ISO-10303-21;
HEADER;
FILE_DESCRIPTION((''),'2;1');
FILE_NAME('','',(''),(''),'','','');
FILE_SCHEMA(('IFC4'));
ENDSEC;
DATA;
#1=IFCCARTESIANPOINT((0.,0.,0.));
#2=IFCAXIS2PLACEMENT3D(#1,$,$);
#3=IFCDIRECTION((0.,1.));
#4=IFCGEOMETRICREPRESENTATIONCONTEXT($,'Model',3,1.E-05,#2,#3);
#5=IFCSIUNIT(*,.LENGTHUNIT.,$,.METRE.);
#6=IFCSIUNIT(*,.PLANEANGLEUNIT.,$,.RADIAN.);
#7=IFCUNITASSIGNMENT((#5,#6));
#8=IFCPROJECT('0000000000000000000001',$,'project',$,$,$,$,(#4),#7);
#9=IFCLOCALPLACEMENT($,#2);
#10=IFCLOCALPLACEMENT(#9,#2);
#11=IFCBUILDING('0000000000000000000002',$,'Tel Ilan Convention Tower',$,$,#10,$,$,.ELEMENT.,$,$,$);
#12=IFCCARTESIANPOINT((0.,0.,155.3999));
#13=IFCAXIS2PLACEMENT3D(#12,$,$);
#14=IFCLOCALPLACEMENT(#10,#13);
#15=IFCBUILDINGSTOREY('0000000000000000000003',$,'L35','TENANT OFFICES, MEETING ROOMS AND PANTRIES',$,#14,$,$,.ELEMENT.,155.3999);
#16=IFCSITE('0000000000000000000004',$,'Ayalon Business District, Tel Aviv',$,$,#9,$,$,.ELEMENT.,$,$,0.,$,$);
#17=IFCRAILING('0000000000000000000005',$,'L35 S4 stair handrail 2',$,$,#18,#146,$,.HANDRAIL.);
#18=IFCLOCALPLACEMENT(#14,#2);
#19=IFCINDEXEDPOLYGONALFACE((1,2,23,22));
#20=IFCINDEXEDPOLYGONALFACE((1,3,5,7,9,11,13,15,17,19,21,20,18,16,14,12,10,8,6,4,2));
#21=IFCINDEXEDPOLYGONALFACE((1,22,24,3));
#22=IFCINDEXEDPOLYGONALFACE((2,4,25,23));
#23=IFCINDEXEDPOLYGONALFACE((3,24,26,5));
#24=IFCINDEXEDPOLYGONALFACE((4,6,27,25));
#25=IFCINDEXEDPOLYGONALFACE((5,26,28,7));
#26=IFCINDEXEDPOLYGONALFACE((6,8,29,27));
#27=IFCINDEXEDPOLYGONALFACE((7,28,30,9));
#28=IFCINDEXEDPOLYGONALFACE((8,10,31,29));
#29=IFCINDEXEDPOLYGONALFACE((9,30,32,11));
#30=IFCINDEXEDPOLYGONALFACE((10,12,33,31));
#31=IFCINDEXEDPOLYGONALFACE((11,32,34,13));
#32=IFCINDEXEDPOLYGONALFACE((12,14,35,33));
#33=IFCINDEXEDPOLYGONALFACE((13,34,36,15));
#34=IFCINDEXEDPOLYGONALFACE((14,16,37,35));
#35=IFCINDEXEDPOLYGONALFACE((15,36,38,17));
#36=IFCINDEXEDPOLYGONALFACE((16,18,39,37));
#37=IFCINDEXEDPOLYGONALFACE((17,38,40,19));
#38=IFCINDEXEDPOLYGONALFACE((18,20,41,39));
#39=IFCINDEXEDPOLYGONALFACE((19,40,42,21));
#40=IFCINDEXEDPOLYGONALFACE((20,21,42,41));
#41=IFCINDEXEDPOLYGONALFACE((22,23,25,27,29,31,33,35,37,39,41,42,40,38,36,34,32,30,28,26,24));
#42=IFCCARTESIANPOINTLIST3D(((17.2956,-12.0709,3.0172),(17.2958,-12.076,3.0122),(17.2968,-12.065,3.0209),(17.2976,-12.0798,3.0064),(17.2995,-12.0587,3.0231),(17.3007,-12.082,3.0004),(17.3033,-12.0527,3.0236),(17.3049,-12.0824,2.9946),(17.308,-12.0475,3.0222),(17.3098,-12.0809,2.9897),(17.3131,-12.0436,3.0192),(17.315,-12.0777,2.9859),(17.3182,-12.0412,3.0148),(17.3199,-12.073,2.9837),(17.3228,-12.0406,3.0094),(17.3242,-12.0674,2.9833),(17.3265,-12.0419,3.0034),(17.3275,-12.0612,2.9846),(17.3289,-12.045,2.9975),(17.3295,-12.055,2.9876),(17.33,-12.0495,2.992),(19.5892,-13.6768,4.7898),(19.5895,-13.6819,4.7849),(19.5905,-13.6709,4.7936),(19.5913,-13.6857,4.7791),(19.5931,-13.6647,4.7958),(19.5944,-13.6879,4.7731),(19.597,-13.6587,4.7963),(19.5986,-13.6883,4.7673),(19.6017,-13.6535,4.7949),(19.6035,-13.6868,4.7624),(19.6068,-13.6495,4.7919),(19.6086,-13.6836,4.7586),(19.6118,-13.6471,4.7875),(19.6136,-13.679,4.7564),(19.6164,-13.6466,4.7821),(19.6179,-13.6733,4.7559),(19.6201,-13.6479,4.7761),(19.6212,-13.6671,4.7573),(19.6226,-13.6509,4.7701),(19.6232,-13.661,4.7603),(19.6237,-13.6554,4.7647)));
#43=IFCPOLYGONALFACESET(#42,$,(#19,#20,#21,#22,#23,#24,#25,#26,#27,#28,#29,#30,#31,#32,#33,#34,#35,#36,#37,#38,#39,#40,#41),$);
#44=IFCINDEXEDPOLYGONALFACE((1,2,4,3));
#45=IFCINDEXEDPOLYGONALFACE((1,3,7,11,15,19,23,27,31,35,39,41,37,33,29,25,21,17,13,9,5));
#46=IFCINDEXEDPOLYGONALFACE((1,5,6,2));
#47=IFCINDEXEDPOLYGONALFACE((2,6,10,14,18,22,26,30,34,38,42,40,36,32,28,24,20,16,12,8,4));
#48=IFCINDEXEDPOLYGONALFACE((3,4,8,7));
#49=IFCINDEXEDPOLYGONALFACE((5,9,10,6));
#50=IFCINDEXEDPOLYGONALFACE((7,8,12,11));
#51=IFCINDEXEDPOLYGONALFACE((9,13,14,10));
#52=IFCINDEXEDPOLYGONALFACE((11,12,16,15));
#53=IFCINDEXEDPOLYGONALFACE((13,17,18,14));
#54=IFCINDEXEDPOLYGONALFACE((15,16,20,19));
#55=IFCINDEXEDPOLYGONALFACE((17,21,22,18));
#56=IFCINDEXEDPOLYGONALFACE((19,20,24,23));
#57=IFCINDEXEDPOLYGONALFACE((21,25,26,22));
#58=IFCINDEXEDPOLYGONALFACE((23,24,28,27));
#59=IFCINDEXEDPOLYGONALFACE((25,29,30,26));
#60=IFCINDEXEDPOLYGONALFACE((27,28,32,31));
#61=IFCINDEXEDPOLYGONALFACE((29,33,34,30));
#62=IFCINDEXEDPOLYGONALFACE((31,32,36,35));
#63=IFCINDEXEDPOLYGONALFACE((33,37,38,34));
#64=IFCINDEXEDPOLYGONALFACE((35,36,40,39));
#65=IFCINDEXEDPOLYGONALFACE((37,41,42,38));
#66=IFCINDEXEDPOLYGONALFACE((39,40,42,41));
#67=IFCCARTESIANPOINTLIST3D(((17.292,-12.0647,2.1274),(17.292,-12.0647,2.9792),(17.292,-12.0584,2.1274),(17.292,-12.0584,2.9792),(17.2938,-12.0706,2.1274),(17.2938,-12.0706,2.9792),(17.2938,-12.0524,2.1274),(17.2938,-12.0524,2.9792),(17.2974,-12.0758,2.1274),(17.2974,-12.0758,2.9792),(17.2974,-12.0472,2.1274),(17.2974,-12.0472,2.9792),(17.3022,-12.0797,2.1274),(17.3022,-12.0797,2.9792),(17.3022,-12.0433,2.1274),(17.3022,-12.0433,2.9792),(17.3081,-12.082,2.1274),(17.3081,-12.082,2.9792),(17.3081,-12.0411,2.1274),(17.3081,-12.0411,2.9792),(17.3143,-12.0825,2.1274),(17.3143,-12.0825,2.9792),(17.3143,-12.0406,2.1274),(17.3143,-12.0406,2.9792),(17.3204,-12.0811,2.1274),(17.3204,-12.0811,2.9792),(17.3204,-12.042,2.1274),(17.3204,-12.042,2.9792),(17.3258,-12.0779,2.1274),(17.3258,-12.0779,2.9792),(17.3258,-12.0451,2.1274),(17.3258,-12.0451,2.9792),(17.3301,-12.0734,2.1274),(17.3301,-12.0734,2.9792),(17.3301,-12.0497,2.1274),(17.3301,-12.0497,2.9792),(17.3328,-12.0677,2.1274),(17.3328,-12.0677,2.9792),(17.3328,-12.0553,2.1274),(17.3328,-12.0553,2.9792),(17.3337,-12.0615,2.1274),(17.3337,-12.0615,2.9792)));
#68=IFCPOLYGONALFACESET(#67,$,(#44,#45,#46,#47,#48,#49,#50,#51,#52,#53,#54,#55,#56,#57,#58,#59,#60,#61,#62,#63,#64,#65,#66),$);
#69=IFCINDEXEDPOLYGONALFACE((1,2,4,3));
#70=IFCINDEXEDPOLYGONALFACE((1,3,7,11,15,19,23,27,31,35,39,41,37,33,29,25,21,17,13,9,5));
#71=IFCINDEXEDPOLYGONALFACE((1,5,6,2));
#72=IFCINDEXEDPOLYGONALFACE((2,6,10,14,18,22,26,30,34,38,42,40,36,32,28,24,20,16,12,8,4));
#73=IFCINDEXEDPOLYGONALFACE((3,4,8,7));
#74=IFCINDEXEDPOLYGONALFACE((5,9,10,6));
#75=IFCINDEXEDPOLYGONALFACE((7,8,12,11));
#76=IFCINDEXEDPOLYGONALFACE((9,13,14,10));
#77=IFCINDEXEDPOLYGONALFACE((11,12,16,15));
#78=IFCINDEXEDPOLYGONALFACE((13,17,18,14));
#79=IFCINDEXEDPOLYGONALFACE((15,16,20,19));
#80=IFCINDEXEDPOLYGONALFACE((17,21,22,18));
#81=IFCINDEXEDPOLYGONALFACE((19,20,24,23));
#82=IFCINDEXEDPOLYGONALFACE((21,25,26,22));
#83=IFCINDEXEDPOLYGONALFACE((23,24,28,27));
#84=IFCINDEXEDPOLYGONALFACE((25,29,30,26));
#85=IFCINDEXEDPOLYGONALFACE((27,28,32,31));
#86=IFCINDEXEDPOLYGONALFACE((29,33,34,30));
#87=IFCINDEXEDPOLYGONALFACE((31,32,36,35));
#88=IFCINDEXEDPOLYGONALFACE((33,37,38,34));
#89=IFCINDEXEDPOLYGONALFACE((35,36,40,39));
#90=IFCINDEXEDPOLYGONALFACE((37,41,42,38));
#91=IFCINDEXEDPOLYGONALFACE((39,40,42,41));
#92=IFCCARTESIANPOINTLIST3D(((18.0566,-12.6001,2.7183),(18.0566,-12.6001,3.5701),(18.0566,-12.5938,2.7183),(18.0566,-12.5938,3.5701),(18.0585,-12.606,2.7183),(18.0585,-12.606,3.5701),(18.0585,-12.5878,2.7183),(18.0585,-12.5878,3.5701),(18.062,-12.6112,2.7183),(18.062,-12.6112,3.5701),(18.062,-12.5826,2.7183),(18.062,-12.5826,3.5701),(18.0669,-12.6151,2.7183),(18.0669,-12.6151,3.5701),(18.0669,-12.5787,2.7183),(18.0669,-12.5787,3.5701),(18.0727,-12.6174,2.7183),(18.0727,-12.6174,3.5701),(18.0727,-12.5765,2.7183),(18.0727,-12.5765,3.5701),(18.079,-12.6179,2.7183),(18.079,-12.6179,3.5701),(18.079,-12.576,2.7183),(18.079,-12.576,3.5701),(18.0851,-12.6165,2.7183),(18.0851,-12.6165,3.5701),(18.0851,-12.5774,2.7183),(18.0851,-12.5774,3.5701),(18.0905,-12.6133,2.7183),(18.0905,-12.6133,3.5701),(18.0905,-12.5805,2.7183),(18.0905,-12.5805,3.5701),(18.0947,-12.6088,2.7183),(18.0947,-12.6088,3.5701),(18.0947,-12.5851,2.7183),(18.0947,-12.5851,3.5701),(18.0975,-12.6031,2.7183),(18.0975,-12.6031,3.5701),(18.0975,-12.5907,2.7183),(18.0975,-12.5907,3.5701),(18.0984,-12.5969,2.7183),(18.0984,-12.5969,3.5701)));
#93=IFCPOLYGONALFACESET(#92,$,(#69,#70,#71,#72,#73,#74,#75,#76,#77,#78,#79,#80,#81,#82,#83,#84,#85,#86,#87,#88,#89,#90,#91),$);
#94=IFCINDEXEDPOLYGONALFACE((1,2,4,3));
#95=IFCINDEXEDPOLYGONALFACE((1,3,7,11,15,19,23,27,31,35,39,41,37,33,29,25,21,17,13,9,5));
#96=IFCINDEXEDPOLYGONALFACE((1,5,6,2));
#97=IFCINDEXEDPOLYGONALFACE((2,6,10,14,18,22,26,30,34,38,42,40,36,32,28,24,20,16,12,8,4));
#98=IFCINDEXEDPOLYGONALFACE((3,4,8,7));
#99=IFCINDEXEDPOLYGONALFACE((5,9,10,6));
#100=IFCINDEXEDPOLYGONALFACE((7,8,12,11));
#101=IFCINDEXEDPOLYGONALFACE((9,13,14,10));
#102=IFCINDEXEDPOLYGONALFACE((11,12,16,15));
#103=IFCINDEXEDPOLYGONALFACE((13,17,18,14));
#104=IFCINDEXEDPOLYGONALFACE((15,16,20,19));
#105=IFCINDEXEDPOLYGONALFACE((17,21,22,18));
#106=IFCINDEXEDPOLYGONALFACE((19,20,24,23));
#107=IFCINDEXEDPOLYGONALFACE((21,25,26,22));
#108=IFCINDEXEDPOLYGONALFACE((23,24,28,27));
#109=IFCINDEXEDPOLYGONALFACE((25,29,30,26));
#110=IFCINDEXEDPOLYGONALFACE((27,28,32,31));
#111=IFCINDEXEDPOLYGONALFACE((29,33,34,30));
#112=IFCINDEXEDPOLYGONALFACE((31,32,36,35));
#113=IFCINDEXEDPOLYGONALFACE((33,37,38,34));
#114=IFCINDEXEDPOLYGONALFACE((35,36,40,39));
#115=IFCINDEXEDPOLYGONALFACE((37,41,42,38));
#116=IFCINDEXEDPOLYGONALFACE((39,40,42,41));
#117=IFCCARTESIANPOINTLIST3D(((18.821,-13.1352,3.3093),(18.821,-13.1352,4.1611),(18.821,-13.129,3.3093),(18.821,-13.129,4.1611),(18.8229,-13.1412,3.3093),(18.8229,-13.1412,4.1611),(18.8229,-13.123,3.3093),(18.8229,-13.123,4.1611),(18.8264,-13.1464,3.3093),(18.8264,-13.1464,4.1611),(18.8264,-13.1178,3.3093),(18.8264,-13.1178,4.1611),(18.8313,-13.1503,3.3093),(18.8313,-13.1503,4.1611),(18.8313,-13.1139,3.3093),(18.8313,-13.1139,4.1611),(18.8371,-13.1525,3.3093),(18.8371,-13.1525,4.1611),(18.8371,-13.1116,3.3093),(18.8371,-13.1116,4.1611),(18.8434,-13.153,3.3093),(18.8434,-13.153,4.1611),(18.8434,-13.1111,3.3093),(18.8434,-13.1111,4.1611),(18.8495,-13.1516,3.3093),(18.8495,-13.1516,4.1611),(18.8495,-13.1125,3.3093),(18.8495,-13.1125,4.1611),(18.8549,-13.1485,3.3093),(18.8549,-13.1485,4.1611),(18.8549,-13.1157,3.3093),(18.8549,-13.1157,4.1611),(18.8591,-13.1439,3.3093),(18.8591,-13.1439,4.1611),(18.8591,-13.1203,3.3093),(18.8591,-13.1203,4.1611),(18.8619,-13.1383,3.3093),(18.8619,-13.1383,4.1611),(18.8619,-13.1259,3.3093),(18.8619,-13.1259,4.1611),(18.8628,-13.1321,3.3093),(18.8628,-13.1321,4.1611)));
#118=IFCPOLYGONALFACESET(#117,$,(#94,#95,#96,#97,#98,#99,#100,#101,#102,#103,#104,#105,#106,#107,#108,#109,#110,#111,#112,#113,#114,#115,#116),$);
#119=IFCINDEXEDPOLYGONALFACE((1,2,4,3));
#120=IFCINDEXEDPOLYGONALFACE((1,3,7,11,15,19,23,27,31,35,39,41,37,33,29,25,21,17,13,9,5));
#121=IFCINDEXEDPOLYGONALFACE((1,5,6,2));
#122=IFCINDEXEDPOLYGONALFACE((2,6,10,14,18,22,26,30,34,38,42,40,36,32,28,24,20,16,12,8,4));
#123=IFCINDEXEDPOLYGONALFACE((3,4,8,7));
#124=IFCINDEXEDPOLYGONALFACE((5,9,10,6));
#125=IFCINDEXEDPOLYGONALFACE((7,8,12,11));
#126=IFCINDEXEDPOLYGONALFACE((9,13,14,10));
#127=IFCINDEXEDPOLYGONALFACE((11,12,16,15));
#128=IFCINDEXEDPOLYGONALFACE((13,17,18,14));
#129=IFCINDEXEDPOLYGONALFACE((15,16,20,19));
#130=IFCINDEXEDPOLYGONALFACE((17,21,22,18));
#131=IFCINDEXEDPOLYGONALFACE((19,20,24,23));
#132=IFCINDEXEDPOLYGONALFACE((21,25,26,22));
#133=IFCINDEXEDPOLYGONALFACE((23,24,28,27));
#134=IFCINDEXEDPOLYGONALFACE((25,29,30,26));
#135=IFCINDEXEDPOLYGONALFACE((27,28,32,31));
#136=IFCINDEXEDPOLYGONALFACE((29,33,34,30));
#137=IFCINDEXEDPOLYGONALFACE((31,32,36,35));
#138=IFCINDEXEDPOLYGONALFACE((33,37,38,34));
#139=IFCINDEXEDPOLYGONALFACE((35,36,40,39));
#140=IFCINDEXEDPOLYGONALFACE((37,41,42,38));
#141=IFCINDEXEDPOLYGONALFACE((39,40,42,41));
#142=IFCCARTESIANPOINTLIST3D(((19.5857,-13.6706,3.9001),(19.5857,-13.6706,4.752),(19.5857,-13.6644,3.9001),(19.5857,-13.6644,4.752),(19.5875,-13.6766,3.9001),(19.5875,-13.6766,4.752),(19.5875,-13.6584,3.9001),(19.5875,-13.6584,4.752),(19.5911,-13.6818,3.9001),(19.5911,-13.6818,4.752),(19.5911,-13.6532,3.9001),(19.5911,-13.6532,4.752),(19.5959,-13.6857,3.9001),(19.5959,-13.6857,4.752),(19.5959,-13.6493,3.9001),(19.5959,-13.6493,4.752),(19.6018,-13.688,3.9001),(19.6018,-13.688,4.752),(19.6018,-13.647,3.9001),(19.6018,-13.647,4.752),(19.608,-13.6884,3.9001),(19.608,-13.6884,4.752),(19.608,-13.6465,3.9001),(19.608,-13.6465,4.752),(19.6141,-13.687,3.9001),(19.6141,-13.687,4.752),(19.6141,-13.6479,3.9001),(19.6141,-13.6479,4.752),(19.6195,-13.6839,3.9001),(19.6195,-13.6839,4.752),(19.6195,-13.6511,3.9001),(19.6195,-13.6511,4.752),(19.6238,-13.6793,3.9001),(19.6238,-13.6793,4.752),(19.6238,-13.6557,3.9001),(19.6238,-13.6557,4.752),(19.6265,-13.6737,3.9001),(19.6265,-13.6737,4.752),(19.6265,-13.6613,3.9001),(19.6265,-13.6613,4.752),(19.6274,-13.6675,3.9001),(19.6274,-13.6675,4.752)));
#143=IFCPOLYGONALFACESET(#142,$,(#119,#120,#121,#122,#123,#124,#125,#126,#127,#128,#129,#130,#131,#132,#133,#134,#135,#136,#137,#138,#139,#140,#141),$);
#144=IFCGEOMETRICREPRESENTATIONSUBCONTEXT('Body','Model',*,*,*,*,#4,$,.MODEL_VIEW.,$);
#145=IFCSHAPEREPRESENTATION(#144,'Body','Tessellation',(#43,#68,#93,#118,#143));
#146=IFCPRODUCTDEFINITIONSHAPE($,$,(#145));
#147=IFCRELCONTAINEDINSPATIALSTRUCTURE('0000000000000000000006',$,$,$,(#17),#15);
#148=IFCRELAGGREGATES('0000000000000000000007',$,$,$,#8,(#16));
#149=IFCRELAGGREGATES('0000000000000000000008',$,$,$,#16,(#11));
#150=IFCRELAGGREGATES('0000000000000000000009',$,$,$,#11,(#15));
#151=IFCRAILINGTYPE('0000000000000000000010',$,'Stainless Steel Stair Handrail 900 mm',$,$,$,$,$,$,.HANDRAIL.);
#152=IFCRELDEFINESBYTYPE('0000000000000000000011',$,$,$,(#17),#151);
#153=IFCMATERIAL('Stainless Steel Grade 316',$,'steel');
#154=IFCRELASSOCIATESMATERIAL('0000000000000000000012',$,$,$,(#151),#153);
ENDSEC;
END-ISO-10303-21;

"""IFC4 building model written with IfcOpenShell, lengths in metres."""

from ifc_helpers import new_model, si_unit, direction, frame, origin, origin_2d, place, context, subcontext, project, spatial, circle, extrude, material, type_object, element, save


model = new_model("IFC4")

# Units and contexts
model_context = context("Model", 3, precision=1e-05, world=origin(), true_north=direction((0.0, 1.0)))
body_context = subcontext(model_context, "Body", "Model", "MODEL_VIEW")
ifc_project = project(units=[si_unit("LENGTHUNIT", "METRE"), si_unit("PLANEANGLEUNIT", "RADIAN")], contexts=[model_context])

# Site, building, storey
site_placement = place(None, origin())
site = spatial("IfcSite", under=ifc_project, at=site_placement, Name="Ayalon Business District, Tel Aviv", CompositionType="ELEMENT", RefElevation=0.0)
building_placement = place(site_placement, origin())
building = spatial("IfcBuilding", under=site, at=building_placement, Name="Tel Ilan Convention Tower", CompositionType="ELEMENT")
storey_placement = place(building_placement, frame((0.0, 0.0, 155.3999)))
storey = spatial("IfcBuildingStorey", under=building, at=storey_placement, Name="L35", Description="TENANT OFFICES, MEETING ROOMS AND PANTRIES", CompositionType="ELEMENT", Elevation=155.3999)

# Railing
ifc_material_1 = material(Name="Stainless Steel Grade 316", Category="steel")
railing_type_1 = type_object("IfcRailingType", Name="Stainless Steel Stair Handrail 900 mm", PredefinedType="HANDRAIL", material=ifc_material_1)
railing_1_placement = place(storey_placement, frame((17.3127, -12.0615, 2.1274)))
element("IfcRailing", 1, at=railing_1_placement, inside=storey, type_object=railing_type_1, Name="L35 S4 stair handrail 2", PredefinedType="HANDRAIL", context=body_context, shape_type="SweptSolid", body=[
    extrude(circle(Radius=0.0239, at=origin_2d()), frame((0.0, 0.0, 0.876), z_axis=(0.692123, -0.484597, 0.534913), x_axis=(0.57355, 0.81917, 0.0)), (0.0, 0.0, 1.0), 3.314),
    extrude(circle(Radius=0.021, at=origin_2d()), origin(), (0.0, 0.0, 1.0), 0.8518),
    extrude(circle(Radius=0.021, at=origin_2d()), frame((0.7646, -0.5354, 0.5908)), (0.0, 0.0, 1.0), 0.8518),
    extrude(circle(Radius=0.021, at=origin_2d()), frame((1.5291, -1.0706, 1.1819)), (0.0, 0.0, 1.0), 0.8518),
    extrude(circle(Radius=0.021, at=origin_2d()), frame((2.2937, -1.606, 1.7727)), (0.0, 0.0, 1.0), 0.8518),
])

save(model, "model.ifc")
